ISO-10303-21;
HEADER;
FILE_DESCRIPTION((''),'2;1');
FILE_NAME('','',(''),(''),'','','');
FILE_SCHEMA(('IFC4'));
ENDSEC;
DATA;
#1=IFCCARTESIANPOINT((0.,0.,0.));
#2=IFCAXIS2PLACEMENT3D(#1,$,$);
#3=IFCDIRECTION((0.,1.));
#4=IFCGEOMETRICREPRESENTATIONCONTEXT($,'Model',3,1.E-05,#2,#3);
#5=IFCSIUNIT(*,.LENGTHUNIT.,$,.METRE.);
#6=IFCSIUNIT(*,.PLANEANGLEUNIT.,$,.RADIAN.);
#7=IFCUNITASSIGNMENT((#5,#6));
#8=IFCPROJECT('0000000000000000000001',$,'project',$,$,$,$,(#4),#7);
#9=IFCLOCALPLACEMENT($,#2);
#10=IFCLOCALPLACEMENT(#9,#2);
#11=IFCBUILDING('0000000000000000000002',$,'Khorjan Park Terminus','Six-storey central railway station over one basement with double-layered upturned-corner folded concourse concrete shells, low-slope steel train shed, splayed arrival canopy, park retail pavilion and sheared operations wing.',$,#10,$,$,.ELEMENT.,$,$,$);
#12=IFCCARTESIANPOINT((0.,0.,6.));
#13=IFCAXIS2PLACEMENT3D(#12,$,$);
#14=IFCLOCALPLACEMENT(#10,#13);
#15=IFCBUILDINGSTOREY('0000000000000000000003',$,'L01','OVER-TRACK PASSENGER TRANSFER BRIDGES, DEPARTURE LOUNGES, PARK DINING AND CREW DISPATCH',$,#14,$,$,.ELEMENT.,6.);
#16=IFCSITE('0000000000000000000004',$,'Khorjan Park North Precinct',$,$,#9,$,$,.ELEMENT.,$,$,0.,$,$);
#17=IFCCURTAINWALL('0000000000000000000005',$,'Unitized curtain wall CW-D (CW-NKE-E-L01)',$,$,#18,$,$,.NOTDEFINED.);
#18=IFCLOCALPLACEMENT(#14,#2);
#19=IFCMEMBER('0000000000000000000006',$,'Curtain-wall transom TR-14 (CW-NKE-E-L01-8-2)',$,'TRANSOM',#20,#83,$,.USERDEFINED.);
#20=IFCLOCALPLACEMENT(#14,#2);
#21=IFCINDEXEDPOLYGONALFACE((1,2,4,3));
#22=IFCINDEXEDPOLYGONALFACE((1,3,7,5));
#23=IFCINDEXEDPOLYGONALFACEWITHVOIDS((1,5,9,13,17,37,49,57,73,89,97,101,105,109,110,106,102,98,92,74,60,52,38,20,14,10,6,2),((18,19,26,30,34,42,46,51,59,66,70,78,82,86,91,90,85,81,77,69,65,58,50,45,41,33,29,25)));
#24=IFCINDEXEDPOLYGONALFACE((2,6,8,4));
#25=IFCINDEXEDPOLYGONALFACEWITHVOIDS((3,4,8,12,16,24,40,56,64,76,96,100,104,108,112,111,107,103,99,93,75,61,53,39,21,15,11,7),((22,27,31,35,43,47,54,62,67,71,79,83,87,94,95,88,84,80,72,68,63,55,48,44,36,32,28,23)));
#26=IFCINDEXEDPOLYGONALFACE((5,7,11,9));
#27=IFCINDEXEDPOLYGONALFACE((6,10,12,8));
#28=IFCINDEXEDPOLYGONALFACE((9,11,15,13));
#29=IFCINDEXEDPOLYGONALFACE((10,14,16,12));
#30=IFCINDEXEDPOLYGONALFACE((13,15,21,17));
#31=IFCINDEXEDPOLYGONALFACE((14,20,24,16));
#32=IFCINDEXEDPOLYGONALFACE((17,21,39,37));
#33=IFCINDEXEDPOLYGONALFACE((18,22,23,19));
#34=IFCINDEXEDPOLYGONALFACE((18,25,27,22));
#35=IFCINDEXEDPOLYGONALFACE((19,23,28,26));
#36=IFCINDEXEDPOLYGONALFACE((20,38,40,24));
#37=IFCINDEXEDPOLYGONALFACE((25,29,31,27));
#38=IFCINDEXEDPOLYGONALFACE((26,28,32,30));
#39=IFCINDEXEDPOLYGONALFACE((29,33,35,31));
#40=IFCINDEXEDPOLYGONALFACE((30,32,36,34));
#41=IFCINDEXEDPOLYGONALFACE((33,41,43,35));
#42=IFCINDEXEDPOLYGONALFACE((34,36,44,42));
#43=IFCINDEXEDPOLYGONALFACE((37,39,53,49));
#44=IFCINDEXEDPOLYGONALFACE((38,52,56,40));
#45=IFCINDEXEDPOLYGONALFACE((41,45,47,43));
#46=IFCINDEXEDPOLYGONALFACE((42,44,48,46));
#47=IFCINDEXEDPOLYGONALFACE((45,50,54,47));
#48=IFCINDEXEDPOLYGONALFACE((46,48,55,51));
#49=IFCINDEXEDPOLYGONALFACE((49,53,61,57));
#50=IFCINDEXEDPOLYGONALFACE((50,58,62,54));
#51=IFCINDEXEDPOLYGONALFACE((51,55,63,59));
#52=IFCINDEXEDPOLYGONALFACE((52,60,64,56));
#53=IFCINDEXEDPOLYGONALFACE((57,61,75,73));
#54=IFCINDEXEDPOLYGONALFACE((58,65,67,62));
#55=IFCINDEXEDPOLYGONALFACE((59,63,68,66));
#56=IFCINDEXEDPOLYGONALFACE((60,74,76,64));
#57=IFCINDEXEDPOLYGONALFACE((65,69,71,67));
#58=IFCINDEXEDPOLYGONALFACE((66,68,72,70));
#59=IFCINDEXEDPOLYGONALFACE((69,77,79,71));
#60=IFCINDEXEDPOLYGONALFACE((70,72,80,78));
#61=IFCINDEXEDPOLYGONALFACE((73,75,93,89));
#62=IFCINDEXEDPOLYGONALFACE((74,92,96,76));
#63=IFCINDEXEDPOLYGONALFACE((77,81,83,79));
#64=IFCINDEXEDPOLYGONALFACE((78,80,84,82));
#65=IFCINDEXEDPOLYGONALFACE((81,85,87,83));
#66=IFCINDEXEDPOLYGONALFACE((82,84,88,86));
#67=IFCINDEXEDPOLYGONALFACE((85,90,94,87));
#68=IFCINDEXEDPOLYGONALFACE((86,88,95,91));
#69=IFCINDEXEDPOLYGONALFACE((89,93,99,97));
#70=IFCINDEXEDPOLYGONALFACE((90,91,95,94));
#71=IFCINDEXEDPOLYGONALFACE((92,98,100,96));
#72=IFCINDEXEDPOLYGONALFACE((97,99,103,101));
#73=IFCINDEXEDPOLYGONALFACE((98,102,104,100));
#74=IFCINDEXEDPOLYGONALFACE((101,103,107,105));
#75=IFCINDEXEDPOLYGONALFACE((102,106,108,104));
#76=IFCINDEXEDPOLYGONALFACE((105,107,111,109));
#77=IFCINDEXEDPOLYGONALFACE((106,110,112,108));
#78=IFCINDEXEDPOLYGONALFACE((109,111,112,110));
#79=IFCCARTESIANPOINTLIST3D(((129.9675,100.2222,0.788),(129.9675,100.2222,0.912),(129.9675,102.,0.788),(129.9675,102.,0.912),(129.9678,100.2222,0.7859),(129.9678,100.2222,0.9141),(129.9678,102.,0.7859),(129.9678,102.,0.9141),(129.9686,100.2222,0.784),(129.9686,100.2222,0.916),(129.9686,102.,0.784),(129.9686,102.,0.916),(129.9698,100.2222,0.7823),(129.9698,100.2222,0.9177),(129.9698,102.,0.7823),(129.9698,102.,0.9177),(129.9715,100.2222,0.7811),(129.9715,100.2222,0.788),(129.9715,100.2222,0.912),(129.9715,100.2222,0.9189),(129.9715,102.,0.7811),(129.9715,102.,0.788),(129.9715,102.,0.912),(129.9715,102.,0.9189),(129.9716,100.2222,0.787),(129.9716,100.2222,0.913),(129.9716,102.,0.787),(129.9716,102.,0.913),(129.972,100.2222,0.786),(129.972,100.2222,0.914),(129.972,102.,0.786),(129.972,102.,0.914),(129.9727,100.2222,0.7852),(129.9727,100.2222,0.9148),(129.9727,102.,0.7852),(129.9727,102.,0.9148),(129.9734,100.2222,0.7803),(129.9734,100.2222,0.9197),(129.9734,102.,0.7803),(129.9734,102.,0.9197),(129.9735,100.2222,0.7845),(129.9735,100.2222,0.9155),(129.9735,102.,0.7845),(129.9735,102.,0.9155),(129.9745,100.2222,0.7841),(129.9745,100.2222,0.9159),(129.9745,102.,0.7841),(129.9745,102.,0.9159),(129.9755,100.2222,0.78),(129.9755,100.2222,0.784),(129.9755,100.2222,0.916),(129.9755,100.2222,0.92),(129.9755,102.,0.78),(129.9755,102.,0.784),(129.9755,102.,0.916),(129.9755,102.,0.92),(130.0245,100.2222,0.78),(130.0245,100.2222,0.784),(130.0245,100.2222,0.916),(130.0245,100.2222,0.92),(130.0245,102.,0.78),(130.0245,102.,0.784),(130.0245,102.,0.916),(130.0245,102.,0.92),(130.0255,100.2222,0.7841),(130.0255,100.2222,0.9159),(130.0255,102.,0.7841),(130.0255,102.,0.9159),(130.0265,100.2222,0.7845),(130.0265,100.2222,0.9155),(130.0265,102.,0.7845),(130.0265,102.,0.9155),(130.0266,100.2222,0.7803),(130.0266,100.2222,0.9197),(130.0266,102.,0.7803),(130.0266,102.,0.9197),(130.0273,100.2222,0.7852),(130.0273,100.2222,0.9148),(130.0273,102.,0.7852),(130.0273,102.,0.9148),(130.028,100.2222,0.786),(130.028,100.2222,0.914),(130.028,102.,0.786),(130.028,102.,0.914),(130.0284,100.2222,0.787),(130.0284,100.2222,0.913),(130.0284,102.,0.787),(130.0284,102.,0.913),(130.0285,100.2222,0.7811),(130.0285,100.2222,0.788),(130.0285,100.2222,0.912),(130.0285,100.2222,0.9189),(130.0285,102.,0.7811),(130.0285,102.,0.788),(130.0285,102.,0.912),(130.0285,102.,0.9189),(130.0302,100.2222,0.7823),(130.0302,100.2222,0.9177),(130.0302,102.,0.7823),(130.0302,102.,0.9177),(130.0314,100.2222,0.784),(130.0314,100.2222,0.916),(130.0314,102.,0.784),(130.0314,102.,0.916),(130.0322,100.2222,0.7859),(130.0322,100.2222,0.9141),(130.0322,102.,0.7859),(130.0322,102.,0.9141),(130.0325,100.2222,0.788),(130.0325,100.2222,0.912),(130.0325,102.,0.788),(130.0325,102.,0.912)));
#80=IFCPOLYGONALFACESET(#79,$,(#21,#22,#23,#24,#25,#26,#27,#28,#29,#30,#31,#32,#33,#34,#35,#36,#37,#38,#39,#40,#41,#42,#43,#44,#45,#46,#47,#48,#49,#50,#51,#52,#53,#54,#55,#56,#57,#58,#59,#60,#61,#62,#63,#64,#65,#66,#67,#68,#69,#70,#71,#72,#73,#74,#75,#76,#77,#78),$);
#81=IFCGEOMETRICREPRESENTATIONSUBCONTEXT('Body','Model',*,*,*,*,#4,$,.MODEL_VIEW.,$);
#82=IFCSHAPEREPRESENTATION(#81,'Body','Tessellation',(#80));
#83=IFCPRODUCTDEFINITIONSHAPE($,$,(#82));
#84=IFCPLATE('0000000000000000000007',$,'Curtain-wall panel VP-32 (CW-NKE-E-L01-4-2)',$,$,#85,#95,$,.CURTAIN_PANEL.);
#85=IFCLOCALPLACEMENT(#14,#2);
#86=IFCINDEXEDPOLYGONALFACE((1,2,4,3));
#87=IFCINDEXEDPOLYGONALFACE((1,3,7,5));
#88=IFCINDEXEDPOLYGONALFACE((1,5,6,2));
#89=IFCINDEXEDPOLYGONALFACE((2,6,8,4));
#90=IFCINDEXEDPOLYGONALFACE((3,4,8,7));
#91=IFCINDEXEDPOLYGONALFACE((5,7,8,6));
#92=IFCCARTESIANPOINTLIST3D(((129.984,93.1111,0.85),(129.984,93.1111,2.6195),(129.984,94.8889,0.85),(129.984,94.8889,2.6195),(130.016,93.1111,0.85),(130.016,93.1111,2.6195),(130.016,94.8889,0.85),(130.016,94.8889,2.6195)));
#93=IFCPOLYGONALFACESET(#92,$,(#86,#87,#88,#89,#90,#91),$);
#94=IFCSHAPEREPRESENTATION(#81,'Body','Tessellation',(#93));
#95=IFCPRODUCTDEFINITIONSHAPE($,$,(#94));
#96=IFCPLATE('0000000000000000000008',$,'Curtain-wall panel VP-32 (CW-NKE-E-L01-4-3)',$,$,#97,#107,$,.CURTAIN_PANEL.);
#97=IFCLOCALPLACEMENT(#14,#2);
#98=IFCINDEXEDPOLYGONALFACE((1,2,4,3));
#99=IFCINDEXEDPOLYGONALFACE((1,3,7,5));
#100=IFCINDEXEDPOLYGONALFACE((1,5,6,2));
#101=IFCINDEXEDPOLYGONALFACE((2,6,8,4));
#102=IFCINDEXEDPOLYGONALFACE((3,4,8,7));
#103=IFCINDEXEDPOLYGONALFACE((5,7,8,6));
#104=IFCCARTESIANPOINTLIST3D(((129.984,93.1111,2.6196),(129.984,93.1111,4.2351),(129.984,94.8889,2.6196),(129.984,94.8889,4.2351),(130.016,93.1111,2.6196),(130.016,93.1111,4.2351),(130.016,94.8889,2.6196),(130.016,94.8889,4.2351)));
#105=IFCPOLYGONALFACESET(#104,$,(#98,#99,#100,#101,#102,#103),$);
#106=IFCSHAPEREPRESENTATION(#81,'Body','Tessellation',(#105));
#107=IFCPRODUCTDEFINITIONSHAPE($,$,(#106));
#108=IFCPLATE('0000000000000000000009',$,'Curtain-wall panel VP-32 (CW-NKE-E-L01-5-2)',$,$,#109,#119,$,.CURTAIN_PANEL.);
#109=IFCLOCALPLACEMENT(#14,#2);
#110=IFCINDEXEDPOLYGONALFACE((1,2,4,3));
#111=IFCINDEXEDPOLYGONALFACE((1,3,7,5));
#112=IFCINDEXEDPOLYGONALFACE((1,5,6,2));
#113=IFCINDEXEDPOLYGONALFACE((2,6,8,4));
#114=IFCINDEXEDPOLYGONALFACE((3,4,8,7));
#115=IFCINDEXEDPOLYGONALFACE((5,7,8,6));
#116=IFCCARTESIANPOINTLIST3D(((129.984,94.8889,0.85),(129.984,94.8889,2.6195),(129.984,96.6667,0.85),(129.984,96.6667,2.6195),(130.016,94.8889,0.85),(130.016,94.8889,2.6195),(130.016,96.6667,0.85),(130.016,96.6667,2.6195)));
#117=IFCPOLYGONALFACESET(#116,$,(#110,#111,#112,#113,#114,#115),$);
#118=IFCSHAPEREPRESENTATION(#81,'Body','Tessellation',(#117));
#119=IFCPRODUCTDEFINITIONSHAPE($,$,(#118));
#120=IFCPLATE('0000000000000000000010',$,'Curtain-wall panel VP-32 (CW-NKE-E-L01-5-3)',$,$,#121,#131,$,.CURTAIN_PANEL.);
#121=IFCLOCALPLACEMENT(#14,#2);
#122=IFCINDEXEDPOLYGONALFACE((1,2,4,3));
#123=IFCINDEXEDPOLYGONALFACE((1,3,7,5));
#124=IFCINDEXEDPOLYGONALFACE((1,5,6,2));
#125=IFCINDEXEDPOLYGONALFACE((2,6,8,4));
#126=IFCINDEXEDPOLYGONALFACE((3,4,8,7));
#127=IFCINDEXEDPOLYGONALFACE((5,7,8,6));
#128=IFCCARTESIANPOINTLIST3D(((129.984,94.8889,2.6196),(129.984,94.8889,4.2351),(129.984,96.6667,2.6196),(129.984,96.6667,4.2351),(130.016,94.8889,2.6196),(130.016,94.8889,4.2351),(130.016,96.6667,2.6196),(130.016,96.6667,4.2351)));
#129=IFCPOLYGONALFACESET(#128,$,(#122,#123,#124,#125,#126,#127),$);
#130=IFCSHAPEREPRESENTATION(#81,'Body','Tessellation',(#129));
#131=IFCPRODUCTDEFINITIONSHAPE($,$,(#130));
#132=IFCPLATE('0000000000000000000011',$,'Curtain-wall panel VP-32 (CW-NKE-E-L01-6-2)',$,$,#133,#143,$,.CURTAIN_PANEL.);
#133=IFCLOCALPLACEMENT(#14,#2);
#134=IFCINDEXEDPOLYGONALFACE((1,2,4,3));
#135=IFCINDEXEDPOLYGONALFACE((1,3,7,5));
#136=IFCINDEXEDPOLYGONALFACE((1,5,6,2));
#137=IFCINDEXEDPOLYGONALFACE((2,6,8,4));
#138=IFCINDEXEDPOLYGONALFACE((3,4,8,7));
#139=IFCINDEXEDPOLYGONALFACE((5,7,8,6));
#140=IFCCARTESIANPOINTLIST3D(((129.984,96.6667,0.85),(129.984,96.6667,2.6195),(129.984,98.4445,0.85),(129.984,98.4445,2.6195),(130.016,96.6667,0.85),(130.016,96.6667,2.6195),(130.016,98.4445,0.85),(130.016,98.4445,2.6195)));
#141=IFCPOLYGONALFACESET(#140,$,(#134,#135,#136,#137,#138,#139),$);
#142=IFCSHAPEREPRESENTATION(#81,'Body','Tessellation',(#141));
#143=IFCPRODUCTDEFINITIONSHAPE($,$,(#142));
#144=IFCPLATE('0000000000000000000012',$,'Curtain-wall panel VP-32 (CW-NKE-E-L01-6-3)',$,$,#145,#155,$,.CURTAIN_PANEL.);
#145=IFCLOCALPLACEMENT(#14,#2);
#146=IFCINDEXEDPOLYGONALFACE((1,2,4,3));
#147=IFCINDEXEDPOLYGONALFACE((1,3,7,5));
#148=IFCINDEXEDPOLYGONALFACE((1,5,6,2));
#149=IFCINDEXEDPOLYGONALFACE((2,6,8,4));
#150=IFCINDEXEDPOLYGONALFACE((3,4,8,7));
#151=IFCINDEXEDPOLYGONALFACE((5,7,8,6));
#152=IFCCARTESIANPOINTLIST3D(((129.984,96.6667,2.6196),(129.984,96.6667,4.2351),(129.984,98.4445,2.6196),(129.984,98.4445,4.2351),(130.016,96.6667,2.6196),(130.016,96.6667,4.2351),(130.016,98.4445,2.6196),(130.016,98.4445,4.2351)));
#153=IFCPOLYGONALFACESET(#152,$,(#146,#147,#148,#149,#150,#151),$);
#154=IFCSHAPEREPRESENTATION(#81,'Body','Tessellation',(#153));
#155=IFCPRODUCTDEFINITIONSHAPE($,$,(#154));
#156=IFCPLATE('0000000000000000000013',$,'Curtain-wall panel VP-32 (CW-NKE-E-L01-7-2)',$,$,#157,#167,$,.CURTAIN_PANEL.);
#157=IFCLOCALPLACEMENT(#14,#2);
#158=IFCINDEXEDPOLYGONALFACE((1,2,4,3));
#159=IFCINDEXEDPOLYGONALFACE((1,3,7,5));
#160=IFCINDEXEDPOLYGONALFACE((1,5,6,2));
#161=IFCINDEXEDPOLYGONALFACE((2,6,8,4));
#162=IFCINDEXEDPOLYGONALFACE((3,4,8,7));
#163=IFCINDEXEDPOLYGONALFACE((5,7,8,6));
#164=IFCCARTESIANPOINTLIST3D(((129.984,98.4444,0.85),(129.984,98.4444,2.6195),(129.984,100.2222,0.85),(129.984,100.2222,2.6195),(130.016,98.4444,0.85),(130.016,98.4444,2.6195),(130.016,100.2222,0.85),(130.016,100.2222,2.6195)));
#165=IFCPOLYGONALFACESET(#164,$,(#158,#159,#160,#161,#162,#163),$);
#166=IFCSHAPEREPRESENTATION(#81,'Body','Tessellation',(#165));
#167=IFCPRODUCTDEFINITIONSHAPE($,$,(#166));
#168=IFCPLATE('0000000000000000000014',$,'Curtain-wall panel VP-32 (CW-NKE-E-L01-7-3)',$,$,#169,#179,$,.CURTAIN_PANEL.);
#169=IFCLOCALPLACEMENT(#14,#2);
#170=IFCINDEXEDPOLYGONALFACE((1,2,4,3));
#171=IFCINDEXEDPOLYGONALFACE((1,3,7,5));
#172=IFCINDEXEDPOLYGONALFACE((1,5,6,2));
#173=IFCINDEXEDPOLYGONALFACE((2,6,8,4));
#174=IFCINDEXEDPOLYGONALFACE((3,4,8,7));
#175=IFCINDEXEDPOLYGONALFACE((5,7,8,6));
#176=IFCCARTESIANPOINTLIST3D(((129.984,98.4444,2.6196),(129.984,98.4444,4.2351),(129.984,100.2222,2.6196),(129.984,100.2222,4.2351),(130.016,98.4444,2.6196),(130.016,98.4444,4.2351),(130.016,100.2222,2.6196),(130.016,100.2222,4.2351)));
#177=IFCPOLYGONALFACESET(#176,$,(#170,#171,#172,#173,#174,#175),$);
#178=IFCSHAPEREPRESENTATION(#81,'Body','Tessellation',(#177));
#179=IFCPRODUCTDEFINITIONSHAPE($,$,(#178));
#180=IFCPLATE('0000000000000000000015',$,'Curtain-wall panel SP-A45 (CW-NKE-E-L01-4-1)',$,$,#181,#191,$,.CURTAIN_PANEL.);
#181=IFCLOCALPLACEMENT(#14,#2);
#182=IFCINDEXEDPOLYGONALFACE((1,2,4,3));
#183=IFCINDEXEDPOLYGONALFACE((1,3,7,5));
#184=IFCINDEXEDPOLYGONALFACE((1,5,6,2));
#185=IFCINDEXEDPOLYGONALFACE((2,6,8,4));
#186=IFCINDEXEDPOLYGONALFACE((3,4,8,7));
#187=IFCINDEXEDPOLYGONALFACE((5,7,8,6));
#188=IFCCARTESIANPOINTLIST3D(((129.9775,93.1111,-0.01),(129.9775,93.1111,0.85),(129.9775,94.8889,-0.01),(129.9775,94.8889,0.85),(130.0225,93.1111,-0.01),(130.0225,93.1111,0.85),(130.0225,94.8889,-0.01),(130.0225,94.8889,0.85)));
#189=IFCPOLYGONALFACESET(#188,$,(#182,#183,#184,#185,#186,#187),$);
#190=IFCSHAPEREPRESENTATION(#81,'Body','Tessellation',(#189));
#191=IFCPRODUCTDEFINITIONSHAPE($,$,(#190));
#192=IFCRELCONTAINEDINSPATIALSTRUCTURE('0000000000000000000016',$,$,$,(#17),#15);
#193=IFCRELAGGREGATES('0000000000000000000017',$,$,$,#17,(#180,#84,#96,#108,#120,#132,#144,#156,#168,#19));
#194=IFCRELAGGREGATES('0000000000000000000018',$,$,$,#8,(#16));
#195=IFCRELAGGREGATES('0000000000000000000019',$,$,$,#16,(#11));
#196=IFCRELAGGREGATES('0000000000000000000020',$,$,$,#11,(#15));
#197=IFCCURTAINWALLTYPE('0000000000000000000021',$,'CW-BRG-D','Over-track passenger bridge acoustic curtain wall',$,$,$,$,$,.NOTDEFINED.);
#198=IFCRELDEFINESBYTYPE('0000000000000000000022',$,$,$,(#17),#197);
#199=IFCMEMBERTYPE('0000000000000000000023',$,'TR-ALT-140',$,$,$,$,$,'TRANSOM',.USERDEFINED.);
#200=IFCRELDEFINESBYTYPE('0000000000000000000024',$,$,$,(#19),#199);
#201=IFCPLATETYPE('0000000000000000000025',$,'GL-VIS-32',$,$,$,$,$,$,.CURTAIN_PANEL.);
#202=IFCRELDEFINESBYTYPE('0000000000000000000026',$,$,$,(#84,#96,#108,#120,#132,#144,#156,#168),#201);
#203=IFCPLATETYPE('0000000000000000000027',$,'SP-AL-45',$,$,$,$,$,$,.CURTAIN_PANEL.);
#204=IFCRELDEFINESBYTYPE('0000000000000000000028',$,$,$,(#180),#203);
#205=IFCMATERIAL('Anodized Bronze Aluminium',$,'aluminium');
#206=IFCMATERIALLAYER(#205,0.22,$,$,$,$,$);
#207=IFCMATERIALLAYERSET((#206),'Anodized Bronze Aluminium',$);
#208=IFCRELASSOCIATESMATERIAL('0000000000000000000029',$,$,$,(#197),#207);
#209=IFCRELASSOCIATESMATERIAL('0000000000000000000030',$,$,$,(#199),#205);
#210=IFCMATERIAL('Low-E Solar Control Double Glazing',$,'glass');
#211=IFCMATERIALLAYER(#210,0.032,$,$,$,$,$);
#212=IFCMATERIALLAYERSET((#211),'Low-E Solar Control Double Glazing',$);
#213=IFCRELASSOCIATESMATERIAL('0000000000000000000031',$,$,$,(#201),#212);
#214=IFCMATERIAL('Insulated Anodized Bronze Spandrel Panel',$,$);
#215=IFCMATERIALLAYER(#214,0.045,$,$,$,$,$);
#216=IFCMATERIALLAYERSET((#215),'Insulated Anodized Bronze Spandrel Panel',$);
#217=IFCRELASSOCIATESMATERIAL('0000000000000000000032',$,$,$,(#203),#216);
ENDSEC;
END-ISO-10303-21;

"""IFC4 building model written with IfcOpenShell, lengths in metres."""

from ifc_helpers import new_model, si_unit, direction, frame, origin, origin_2d, place, context, subcontext, project, spatial, rectangle, hollow_rectangle, extrude, material, layer, layer_set, material_profile, profile_set, type_object, element, aggregate, save


model = new_model("IFC4")

# Units and contexts
model_context = context("Model", 3, precision=1e-05, world=origin(), true_north=direction((0.0, 1.0)))
body_context = subcontext(model_context, "Body", "Model", "MODEL_VIEW")
ifc_project = project(units=[si_unit("LENGTHUNIT", "METRE"), si_unit("PLANEANGLEUNIT", "RADIAN")], contexts=[model_context])

# Site, building, storey
site_placement = place(None, origin())
site = spatial("IfcSite", under=ifc_project, at=site_placement, Name="Khorjan Park North Precinct", CompositionType="ELEMENT", RefElevation=0.0)
building_placement = place(site_placement, origin())
building = spatial("IfcBuilding", under=site, at=building_placement, Name="Khorjan Park Terminus", Description="Six-storey central railway station over one basement with double-layered upturned-corner folded concourse concrete shells, low-slope steel train shed, splayed arrival canopy, park retail pavilion and sheared operations wing.", CompositionType="ELEMENT")
storey_placement = place(building_placement, frame((0.0, 0.0, 6.0)))
storey = spatial("IfcBuildingStorey", under=building, at=storey_placement, Name="L01", Description="OVER-TRACK PASSENGER TRANSFER BRIDGES, DEPARTURE LOUNGES, PARK DINING AND CREW DISPATCH", CompositionType="ELEMENT", Elevation=6.0)

# Curtain wall, member, plates
ifc_material_1 = material(Name="Anodized Bronze Aluminium", Category="aluminium")
ifc_layer_1 = layer(ifc_material_1, 0.22)
ifc_layer_set_1 = layer_set([ifc_layer_1], Name="Anodized Bronze Aluminium")
curtain_wall_type = type_object("IfcCurtainWallType", Name="CW-BRG-D", Description="Over-track passenger bridge acoustic curtain wall", PredefinedType="NOTDEFINED", material=ifc_layer_set_1)
curtain_wall_placement = place(storey_placement, origin())
curtain_wall = element("IfcCurtainWall", 1, at=curtain_wall_placement, inside=storey, type_object=curtain_wall_type, Name="Unitized curtain wall CW-D (CW-NKE-E-L01)", PredefinedType="NOTDEFINED")
ifc_material_profile_1 = material_profile(ifc_material_1, hollow_rectangle(XDim=0.065, YDim=0.14, WallThickness=0.004, InnerFilletRadius=0.004, OuterFilletRadius=0.008, at=origin_2d()), Name="ALT 65x140x4")
ifc_profile_set_1 = profile_set([ifc_material_profile_1], Name="Anodized Bronze Aluminium")
member_type_1 = type_object("IfcMemberType", Name="TR-ALT-140", ElementType="TRANSOM", PredefinedType="USERDEFINED", material=ifc_profile_set_1)
member_1_placement = place(storey_placement, frame((130.0, 100.2222, 0.85), z_axis=(0.0, 1.0, 0.0), x_axis=(-1.0, 0.0, 0.0)))
member_1 = element("IfcMember", 2, at=member_1_placement, type_object=member_type_1, Name="Curtain-wall transom TR-14 (CW-NKE-E-L01-8-2)", ObjectType="TRANSOM", PredefinedType="USERDEFINED", context=body_context, shape_type="SweptSolid", body=[
    extrude(hollow_rectangle(XDim=0.065, YDim=0.14, WallThickness=0.004, InnerFilletRadius=0.004, OuterFilletRadius=0.008, at=origin_2d()), origin(), (0.0, 0.0, 1.0), 1.7778),
])
ifc_material_2 = material(Name="Low-E Solar Control Double Glazing", Category="glass")
ifc_layer_2 = layer(ifc_material_2, 0.032)
ifc_layer_set_2 = layer_set([ifc_layer_2], Name="Low-E Solar Control Double Glazing")
plate_type_1 = type_object("IfcPlateType", Name="GL-VIS-32", PredefinedType="CURTAIN_PANEL", material=ifc_layer_set_2)
plate_1_placement = place(storey_placement, frame((130.0, 94.0, 0.85), z_axis=(0.0, 0.0, 1.0), x_axis=(0.0, 1.0, 0.0)))
plate_1 = element("IfcPlate", 3, at=plate_1_placement, type_object=plate_type_1, Name="Curtain-wall panel VP-32 (CW-NKE-E-L01-4-2)", PredefinedType="CURTAIN_PANEL", context=body_context, shape_type="SweptSolid", body=[
    extrude(rectangle(XDim=1.7778, YDim=0.032, at=origin_2d()), origin(), (0.0, 0.0, 1.0), 1.7695),
])
plate_2_placement = place(storey_placement, frame((130.0, 94.0, 2.6196), z_axis=(0.0, 0.0, 1.0), x_axis=(0.0, 1.0, 0.0)))
plate_2 = element("IfcPlate", 4, at=plate_2_placement, type_object=plate_type_1, Name="Curtain-wall panel VP-32 (CW-NKE-E-L01-4-3)", PredefinedType="CURTAIN_PANEL", context=body_context, shape_type="SweptSolid", body=[
    extrude(rectangle(XDim=1.7778, YDim=0.032, at=origin_2d()), origin(), (0.0, 0.0, 1.0), 1.6155),
])
plate_3_placement = place(storey_placement, frame((130.0, 95.7778, 0.85), z_axis=(0.0, 0.0, 1.0), x_axis=(0.0, 1.0, 0.0)))
plate_3 = element("IfcPlate", 5, at=plate_3_placement, type_object=plate_type_1, Name="Curtain-wall panel VP-32 (CW-NKE-E-L01-5-2)", PredefinedType="CURTAIN_PANEL", context=body_context, shape_type="SweptSolid", body=[
    extrude(rectangle(XDim=1.7778, YDim=0.032, at=origin_2d()), origin(), (0.0, 0.0, 1.0), 1.7695),
])
plate_4_placement = place(storey_placement, frame((130.0, 95.7778, 2.6196), z_axis=(0.0, 0.0, 1.0), x_axis=(0.0, 1.0, 0.0)))
plate_4 = element("IfcPlate", 6, at=plate_4_placement, type_object=plate_type_1, Name="Curtain-wall panel VP-32 (CW-NKE-E-L01-5-3)", PredefinedType="CURTAIN_PANEL", context=body_context, shape_type="SweptSolid", body=[
    extrude(rectangle(XDim=1.7778, YDim=0.032, at=origin_2d()), origin(), (0.0, 0.0, 1.0), 1.6155),
])
plate_5_placement = place(storey_placement, frame((130.0, 97.5556, 0.85), z_axis=(0.0, 0.0, 1.0), x_axis=(0.0, 1.0, 0.0)))
plate_5 = element("IfcPlate", 7, at=plate_5_placement, type_object=plate_type_1, Name="Curtain-wall panel VP-32 (CW-NKE-E-L01-6-2)", PredefinedType="CURTAIN_PANEL", context=body_context, shape_type="SweptSolid", body=[
    extrude(rectangle(XDim=1.7778, YDim=0.032, at=origin_2d()), origin(), (0.0, 0.0, 1.0), 1.7695),
])
plate_6_placement = place(storey_placement, frame((130.0, 97.5556, 2.6196), z_axis=(0.0, 0.0, 1.0), x_axis=(0.0, 1.0, 0.0)))
plate_6 = element("IfcPlate", 8, at=plate_6_placement, type_object=plate_type_1, Name="Curtain-wall panel VP-32 (CW-NKE-E-L01-6-3)", PredefinedType="CURTAIN_PANEL", context=body_context, shape_type="SweptSolid", body=[
    extrude(rectangle(XDim=1.7778, YDim=0.032, at=origin_2d()), origin(), (0.0, 0.0, 1.0), 1.6155),
])
plate_7_placement = place(storey_placement, frame((130.0, 99.3333, 0.85), z_axis=(0.0, 0.0, 1.0), x_axis=(0.0, 1.0, 0.0)))
plate_7 = element("IfcPlate", 9, at=plate_7_placement, type_object=plate_type_1, Name="Curtain-wall panel VP-32 (CW-NKE-E-L01-7-2)", PredefinedType="CURTAIN_PANEL", context=body_context, shape_type="SweptSolid", body=[
    extrude(rectangle(XDim=1.7778, YDim=0.032, at=origin_2d()), origin(), (0.0, 0.0, 1.0), 1.7695),
])
plate_8_placement = place(storey_placement, frame((130.0, 99.3333, 2.6196), z_axis=(0.0, 0.0, 1.0), x_axis=(0.0, 1.0, 0.0)))
plate_8 = element("IfcPlate", 10, at=plate_8_placement, type_object=plate_type_1, Name="Curtain-wall panel VP-32 (CW-NKE-E-L01-7-3)", PredefinedType="CURTAIN_PANEL", context=body_context, shape_type="SweptSolid", body=[
    extrude(rectangle(XDim=1.7778, YDim=0.032, at=origin_2d()), origin(), (0.0, 0.0, 1.0), 1.6155),
])
ifc_material_3 = material(Name="Insulated Anodized Bronze Spandrel Panel")
ifc_layer_3 = layer(ifc_material_3, 0.045)
ifc_layer_set_3 = layer_set([ifc_layer_3], Name="Insulated Anodized Bronze Spandrel Panel")
plate_type_2 = type_object("IfcPlateType", Name="SP-AL-45", PredefinedType="CURTAIN_PANEL", material=ifc_layer_set_3)
plate_9_placement = place(storey_placement, frame((130.0, 94.0, -0.01), z_axis=(0.0, 0.0, 1.0), x_axis=(0.0, 1.0, 0.0)))
plate_9 = element("IfcPlate", 11, at=plate_9_placement, type_object=plate_type_2, Name="Curtain-wall panel SP-A45 (CW-NKE-E-L01-4-1)", PredefinedType="CURTAIN_PANEL", context=body_context, shape_type="SweptSolid", body=[
    extrude(rectangle(XDim=1.7778, YDim=0.045, at=origin_2d()), origin(), (0.0, 0.0, 1.0), 0.86),
])
aggregate(curtain_wall, [plate_9, plate_1, plate_2, plate_3, plate_4, plate_5, plate_6, plate_7, plate_8, member_1])

save(model, "model.ifc")
